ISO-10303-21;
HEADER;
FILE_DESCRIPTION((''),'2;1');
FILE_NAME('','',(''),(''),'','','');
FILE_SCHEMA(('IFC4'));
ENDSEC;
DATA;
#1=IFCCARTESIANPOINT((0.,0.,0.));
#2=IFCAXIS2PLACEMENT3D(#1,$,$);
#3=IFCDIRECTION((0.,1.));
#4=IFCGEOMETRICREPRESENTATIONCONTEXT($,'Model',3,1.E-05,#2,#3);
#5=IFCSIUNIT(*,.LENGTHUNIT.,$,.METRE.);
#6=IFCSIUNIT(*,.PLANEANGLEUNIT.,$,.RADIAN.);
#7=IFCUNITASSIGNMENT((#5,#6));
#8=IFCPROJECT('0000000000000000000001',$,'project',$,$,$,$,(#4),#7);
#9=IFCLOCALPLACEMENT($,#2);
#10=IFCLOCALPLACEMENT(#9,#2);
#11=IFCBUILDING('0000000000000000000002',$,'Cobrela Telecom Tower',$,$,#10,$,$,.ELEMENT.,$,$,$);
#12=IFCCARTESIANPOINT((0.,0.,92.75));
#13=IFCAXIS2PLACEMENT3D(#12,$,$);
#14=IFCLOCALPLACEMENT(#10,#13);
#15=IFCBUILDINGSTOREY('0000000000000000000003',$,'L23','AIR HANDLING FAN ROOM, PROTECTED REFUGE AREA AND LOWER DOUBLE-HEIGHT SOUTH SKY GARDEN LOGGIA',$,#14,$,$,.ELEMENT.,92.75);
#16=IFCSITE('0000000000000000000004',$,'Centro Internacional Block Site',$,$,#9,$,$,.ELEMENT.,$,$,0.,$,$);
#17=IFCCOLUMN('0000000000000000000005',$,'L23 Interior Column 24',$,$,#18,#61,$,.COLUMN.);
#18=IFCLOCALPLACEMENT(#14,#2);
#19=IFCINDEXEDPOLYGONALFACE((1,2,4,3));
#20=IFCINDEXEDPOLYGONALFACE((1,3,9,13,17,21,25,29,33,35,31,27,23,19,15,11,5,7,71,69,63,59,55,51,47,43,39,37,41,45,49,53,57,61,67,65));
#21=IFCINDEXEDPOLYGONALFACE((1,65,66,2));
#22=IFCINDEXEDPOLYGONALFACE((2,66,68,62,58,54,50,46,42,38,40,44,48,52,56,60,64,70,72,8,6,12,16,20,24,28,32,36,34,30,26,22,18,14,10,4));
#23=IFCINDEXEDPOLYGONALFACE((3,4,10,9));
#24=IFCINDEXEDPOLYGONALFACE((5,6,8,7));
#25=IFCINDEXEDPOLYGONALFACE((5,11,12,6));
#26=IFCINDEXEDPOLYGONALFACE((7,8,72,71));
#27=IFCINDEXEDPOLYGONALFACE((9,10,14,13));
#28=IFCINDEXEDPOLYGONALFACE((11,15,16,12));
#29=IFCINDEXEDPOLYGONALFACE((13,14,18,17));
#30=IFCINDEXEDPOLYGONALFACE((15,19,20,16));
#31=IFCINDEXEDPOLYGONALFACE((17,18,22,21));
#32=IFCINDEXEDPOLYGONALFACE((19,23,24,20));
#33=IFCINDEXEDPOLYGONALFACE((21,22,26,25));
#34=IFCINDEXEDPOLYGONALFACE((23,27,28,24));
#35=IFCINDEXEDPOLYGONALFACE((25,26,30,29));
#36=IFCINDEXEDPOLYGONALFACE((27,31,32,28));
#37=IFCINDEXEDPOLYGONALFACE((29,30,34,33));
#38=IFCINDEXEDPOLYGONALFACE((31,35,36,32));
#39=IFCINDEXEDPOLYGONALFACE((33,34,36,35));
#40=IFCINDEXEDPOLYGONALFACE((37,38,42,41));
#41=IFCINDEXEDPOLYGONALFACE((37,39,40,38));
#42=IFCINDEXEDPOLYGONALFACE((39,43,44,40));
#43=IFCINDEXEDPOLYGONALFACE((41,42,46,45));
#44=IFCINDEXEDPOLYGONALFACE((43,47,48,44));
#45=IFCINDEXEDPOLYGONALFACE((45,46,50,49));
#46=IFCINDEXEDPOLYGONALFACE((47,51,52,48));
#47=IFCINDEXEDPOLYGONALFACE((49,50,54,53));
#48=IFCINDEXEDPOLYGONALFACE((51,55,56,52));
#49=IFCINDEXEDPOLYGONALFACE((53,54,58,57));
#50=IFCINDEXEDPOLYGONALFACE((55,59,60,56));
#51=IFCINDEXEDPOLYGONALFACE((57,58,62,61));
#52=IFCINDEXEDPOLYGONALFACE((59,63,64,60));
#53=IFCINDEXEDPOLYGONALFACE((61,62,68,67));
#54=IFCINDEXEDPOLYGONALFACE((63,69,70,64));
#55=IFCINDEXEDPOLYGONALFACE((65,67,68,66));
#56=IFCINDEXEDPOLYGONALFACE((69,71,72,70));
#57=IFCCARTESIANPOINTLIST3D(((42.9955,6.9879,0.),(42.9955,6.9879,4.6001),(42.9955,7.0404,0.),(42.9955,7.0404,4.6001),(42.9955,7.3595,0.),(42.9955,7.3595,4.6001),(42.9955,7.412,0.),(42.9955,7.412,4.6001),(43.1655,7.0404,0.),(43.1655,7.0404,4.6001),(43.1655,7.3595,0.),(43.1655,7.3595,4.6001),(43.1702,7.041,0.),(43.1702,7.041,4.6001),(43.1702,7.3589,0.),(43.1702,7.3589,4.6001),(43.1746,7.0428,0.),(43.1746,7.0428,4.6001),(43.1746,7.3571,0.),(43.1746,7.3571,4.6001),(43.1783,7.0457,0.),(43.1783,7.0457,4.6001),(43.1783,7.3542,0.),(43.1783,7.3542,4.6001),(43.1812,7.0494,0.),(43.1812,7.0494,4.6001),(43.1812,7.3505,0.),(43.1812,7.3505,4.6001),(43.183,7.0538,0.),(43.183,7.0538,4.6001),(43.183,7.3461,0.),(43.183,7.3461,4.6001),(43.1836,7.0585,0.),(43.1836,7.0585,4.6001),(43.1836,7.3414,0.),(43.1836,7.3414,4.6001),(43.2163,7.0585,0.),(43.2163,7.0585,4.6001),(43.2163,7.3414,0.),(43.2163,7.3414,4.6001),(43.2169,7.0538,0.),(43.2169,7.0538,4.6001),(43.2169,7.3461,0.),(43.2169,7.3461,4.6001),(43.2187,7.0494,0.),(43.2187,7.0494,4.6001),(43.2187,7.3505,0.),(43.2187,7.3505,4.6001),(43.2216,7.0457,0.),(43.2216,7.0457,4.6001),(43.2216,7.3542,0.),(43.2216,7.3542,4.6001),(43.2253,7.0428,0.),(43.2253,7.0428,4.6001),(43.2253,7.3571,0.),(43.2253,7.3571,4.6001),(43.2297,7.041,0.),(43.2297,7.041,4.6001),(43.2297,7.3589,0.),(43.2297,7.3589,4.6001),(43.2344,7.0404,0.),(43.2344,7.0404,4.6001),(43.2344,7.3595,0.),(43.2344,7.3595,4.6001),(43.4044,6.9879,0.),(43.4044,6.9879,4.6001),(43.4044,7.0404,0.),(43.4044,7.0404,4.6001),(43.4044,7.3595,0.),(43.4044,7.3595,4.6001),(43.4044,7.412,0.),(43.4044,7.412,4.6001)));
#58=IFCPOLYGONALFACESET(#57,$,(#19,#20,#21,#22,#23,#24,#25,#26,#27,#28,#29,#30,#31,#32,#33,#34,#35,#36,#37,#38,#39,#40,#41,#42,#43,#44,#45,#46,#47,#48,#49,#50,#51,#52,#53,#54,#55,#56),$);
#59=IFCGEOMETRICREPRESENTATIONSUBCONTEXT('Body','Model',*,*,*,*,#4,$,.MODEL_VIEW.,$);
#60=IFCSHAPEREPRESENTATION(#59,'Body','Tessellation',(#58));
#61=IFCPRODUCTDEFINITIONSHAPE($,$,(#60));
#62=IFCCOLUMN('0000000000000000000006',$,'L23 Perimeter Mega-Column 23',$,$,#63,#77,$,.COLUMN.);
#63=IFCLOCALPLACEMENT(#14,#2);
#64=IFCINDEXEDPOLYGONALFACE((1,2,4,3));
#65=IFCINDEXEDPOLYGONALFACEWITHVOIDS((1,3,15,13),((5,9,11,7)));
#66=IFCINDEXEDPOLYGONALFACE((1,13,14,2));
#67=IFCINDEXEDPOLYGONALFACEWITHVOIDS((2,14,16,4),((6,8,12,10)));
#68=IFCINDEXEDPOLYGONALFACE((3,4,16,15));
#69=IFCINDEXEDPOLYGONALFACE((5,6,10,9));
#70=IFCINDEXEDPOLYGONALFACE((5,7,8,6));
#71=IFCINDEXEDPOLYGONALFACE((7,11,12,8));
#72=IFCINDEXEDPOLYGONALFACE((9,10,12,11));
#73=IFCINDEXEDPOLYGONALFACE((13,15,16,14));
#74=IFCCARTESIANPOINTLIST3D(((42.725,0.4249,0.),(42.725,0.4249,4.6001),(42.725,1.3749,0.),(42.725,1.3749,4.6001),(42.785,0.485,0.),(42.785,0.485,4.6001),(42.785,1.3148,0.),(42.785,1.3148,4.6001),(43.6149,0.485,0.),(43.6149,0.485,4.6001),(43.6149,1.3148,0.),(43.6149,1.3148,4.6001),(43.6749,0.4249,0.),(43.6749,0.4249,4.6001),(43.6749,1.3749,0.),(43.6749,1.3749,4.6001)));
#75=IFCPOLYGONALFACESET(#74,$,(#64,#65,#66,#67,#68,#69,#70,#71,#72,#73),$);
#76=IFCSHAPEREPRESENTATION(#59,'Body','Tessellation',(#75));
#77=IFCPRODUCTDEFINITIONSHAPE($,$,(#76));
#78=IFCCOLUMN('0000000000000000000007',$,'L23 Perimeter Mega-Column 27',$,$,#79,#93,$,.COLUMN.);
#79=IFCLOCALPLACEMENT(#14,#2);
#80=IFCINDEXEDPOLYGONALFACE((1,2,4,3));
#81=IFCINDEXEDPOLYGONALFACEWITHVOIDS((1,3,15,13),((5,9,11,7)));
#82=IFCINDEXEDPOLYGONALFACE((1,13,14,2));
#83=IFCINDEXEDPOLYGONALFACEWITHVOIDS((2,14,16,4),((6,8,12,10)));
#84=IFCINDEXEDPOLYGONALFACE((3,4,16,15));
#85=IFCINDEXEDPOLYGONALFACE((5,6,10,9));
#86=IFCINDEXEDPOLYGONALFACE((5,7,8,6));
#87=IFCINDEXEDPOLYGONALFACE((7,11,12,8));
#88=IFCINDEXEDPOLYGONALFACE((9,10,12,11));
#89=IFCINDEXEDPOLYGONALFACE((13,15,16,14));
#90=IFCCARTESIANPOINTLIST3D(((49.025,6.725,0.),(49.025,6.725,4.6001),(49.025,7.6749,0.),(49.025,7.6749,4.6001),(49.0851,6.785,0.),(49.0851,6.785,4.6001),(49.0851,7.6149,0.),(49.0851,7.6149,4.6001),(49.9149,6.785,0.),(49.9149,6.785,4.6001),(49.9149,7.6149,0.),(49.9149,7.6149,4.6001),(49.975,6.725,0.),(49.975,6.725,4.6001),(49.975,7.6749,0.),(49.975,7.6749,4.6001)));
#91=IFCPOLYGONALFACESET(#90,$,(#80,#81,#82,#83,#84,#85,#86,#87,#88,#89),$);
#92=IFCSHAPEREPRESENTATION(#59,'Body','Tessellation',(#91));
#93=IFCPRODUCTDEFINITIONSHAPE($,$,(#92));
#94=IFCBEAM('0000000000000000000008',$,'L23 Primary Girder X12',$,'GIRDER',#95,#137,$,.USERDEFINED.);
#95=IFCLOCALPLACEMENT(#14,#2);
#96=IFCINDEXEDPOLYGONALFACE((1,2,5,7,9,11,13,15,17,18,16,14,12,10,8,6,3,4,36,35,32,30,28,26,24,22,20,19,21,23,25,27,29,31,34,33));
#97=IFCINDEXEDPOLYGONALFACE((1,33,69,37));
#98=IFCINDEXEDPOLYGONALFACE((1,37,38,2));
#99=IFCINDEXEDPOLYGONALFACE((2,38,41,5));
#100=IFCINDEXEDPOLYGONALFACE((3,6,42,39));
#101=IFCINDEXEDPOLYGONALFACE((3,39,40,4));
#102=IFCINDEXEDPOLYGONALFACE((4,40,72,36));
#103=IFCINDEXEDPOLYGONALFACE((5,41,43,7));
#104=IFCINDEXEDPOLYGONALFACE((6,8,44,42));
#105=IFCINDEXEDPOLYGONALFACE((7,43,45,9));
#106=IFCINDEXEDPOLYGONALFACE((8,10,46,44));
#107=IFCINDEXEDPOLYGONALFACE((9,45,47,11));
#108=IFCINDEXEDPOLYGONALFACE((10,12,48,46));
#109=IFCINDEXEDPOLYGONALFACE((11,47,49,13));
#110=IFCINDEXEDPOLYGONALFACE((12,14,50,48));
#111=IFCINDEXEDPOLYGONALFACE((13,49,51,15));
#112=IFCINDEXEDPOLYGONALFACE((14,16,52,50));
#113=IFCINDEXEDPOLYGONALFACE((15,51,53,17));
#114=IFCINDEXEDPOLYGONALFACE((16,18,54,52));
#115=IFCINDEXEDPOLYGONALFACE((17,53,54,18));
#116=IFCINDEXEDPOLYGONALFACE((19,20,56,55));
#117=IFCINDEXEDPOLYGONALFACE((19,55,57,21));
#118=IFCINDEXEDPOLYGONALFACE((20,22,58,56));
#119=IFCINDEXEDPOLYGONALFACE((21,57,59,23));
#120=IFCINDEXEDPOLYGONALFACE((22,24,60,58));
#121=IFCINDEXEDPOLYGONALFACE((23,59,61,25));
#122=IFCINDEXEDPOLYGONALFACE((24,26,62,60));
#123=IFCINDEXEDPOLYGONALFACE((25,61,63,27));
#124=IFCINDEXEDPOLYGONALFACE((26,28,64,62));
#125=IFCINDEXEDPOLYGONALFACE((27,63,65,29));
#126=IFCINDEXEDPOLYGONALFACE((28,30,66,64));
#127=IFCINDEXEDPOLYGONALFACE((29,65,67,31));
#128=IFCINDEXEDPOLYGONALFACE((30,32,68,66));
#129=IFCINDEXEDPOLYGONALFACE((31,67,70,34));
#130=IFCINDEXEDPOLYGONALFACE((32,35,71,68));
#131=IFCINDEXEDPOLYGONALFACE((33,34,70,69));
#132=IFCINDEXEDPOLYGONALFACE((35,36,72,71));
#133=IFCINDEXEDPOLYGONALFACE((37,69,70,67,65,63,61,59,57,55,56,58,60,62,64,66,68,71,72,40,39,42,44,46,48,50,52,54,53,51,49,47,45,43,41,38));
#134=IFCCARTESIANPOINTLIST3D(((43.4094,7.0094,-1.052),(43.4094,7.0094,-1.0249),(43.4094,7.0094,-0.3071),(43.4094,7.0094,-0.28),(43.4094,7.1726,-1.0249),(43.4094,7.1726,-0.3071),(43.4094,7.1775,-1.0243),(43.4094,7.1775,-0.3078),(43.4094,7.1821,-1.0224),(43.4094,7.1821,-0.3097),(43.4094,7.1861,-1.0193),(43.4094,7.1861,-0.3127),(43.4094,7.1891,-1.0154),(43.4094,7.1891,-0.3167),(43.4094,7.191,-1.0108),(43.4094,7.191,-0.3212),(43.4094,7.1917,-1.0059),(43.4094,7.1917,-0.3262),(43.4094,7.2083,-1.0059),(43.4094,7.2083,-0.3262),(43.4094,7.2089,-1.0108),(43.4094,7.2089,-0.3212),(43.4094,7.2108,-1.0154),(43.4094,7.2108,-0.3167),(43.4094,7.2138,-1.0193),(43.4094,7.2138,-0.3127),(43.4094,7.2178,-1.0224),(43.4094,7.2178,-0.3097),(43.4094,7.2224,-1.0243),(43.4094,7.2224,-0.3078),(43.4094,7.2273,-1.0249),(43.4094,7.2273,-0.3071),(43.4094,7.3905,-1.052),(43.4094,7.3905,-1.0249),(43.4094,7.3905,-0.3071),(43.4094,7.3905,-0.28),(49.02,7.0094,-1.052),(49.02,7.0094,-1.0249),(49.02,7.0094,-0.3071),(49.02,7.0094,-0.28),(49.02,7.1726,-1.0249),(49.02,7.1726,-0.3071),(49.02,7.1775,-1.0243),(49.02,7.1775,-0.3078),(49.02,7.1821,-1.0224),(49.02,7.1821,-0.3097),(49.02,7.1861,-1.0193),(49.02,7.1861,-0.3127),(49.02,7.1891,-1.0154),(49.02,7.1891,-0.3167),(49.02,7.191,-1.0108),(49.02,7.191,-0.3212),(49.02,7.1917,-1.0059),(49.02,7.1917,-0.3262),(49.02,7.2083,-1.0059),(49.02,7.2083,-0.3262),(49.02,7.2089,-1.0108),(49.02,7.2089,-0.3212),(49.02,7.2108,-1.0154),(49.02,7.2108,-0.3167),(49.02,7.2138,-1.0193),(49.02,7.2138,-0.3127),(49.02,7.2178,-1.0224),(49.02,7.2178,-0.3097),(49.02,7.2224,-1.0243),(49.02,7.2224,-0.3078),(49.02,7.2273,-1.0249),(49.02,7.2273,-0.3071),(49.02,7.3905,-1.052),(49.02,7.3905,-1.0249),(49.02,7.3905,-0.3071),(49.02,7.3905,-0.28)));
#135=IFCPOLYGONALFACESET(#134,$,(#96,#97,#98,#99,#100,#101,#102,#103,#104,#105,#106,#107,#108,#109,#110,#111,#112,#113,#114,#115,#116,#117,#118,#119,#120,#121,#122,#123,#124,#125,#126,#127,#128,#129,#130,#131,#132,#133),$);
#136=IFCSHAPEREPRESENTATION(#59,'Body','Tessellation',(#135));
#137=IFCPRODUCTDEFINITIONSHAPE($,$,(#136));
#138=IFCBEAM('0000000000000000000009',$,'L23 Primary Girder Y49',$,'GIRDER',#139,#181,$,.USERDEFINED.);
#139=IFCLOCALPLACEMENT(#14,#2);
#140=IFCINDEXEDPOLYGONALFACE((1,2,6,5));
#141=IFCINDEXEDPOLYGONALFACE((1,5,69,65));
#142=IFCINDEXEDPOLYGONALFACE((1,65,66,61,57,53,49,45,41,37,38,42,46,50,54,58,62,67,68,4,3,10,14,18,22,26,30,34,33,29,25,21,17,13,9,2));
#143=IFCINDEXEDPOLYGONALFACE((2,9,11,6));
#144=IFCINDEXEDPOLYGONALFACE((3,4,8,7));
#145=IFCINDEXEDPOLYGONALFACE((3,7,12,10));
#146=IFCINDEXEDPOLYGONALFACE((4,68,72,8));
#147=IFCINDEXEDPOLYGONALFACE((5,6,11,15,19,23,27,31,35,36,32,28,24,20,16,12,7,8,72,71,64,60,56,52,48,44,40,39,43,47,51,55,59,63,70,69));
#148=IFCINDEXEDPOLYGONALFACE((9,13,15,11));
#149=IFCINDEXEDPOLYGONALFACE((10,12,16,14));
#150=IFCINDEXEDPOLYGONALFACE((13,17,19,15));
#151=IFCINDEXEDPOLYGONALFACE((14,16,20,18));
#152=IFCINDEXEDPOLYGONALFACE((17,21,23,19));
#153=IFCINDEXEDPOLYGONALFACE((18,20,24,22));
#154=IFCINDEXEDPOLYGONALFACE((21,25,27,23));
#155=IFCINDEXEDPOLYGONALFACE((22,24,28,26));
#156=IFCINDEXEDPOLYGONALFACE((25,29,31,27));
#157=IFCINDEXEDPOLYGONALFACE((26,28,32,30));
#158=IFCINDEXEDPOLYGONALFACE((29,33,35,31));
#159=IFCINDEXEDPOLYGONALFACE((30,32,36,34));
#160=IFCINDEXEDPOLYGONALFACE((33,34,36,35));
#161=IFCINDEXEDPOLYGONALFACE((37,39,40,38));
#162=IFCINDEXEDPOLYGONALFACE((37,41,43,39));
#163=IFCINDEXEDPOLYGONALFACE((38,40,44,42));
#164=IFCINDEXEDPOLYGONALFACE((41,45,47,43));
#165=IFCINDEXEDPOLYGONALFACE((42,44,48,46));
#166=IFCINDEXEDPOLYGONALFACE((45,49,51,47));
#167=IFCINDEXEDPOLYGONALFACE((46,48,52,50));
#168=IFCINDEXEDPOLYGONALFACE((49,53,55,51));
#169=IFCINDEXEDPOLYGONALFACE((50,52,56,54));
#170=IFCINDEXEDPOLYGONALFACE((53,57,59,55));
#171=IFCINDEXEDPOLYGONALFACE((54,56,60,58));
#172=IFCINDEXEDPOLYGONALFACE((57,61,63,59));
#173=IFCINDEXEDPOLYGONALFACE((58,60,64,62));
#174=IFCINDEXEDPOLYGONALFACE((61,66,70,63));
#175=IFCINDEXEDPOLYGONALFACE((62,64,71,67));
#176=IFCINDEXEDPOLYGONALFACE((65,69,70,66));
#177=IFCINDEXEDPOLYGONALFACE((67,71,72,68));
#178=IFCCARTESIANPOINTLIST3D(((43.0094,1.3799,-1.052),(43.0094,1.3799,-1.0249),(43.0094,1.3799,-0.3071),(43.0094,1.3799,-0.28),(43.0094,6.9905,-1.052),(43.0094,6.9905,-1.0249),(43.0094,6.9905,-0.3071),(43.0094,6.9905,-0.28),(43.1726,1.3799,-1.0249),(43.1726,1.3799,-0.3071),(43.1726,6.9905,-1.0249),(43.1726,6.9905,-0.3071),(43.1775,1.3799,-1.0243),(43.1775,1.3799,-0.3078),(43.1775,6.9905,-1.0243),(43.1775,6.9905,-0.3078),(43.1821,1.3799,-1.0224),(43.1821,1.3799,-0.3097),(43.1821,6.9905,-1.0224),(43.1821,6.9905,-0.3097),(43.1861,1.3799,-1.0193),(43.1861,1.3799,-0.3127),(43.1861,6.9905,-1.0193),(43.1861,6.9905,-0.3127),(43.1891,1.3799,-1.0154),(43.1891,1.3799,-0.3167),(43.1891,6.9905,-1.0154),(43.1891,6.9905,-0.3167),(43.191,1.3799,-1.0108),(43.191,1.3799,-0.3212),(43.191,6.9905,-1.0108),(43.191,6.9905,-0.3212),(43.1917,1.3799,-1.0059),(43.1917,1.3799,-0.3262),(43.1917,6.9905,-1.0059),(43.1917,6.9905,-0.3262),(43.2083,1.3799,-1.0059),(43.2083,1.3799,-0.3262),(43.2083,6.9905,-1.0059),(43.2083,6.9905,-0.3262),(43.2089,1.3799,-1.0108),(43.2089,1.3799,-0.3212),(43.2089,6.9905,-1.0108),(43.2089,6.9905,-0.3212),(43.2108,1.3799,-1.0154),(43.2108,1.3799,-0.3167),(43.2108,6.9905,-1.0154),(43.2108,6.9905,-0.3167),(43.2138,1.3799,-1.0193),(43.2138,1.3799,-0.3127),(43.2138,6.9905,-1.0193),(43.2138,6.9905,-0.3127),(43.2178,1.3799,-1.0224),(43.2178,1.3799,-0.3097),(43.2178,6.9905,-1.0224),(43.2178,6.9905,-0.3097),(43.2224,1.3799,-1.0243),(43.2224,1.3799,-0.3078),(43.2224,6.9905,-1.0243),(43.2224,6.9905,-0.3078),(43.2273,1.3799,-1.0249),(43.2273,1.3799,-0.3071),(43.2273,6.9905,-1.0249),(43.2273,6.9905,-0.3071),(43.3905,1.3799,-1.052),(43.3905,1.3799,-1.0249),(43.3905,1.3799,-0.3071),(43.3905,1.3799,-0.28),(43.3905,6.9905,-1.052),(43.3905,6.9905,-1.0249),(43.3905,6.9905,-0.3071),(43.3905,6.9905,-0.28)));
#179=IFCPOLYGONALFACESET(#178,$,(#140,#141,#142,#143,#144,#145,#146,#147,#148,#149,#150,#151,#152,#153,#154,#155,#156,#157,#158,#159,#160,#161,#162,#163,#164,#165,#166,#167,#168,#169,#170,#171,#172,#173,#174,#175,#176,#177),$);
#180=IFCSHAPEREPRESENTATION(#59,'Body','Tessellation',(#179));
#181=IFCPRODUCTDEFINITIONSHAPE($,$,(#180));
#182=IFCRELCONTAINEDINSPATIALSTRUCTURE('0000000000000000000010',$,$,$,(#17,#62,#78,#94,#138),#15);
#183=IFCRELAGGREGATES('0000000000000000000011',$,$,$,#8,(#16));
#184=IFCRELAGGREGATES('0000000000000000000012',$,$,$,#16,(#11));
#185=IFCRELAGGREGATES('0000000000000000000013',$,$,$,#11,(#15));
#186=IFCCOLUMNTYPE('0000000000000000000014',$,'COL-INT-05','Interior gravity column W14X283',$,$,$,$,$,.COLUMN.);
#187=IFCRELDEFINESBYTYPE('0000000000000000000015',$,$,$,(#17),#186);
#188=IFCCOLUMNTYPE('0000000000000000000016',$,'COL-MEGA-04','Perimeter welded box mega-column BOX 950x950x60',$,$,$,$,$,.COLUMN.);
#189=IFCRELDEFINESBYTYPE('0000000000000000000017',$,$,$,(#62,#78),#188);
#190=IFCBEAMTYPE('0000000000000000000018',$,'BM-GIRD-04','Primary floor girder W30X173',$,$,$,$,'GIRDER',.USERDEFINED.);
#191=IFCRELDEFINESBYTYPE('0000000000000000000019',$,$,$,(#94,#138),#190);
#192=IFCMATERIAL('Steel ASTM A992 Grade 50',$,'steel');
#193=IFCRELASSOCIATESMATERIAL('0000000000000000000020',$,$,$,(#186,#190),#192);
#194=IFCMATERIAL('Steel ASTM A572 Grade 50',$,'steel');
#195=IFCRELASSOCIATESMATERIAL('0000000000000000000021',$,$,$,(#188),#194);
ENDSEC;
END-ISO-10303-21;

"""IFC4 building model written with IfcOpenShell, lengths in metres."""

from ifc_helpers import new_model, si_unit, direction, frame, origin, origin_2d, place, context, subcontext, project, spatial, hollow_rectangle, i_section, extrude, material, material_profile, profile_set, type_object, element, save


model = new_model("IFC4")

# Units and contexts
model_context = context("Model", 3, precision=1e-05, world=origin(), true_north=direction((0.0, 1.0)))
body_context = subcontext(model_context, "Body", "Model", "MODEL_VIEW")
ifc_project = project(units=[si_unit("LENGTHUNIT", "METRE"), si_unit("PLANEANGLEUNIT", "RADIAN")], contexts=[model_context])

# Site, building, storey
site_placement = place(None, origin())
site = spatial("IfcSite", under=ifc_project, at=site_placement, Name="Centro Internacional Block Site", CompositionType="ELEMENT", RefElevation=0.0)
building_placement = place(site_placement, origin())
building = spatial("IfcBuilding", under=site, at=building_placement, Name="Cobrela Telecom Tower", CompositionType="ELEMENT")
storey_placement = place(building_placement, frame((0.0, 0.0, 92.75)))
storey = spatial("IfcBuildingStorey", under=building, at=storey_placement, Name="L23", Description="AIR HANDLING FAN ROOM, PROTECTED REFUGE AREA AND LOWER DOUBLE-HEIGHT SOUTH SKY GARDEN LOGGIA", CompositionType="ELEMENT", Elevation=92.75)

# Columns
ifc_material_1 = material(Name="Steel ASTM A992 Grade 50", Category="steel")
ifc_material_profile_1 = material_profile(ifc_material_1, i_section(OverallWidth=0.4089, OverallDepth=0.4241, WebThickness=0.0327, FlangeThickness=0.0525, FilletRadius=0.0181, at=origin_2d()), Name="W14X283")
ifc_profile_set_1 = profile_set([ifc_material_profile_1], Name="Steel ASTM A992 Grade 50")
column_type_1 = type_object("IfcColumnType", Name="COL-INT-05", Description="Interior gravity column W14X283", PredefinedType="COLUMN", material=ifc_profile_set_1)
column_placement = place(storey_placement, frame((43.2, 7.2, 0.0), z_axis=(0.0, 0.0, 1.0), x_axis=(1.0, 0.0, 0.0)))
element("IfcColumn", 1, at=column_placement, inside=storey, type_object=column_type_1, Name="L23 Interior Column 24", PredefinedType="COLUMN", context=body_context, shape_type="SweptSolid", body=[
    extrude(i_section(OverallWidth=0.4089, OverallDepth=0.4241, WebThickness=0.0327, FlangeThickness=0.0525, FilletRadius=0.0181, at=origin_2d()), origin(), (0.0, 0.0, 1.0), 4.6001),
])
ifc_material_2 = material(Name="Steel ASTM A572 Grade 50", Category="steel")
ifc_material_profile_2 = material_profile(ifc_material_2, hollow_rectangle(XDim=0.95, YDim=0.95, WallThickness=0.0601, at=origin_2d()), Name="BOX 950x950x60")
ifc_profile_set_2 = profile_set([ifc_material_profile_2], Name="Steel ASTM A572 Grade 50")
column_type_2 = type_object("IfcColumnType", Name="COL-MEGA-04", Description="Perimeter welded box mega-column BOX 950x950x60", PredefinedType="COLUMN", material=ifc_profile_set_2)
for number, where, z_axis, x_axis, name in (
    (2, (43.2, 0.8999, 0.0), (0.0, 0.0, 1.0), (1.0, 0.0, 0.0), "L23 Perimeter Mega-Column 23"),
    (3, (49.5, 7.2, 0.0), (0.0, 0.0, 1.0), (1.0, 0.0, 0.0), "L23 Perimeter Mega-Column 27"),
):
    element("IfcColumn", number, at=place(storey_placement, frame(where, z_axis=z_axis, x_axis=x_axis)), inside=storey, type_object=column_type_2, Name=name, PredefinedType="COLUMN", context=body_context, shape_type="SweptSolid", body=[
        extrude(hollow_rectangle(XDim=0.95, YDim=0.95, WallThickness=0.0601, at=origin_2d()), origin(), (0.0, 0.0, 1.0), 4.6001),
    ])

# Beams
ifc_material_profile_3 = material_profile(ifc_material_1, i_section(OverallWidth=0.3811, OverallDepth=0.772, WebThickness=0.0166, FlangeThickness=0.0271, FilletRadius=0.019, at=origin_2d()), Name="W30X173")
ifc_profile_set_3 = profile_set([ifc_material_profile_3], Name="Steel ASTM A992 Grade 50")
beam_type_1 = type_object("IfcBeamType", Name="BM-GIRD-04", Description="Primary floor girder W30X173", ElementType="GIRDER", PredefinedType="USERDEFINED", material=ifc_profile_set_3)
for number, where, z_axis, x_axis, name in (
    (4, (43.4094, 7.2, -0.666), (1.0, 0.0, 0.0), (0.0, 1.0, 0.0), "L23 Primary Girder X12"),
    (5, (43.2, 1.3799, -0.666), (0.0, 1.0, 0.0), (-1.0, 0.0, 0.0), "L23 Primary Girder Y49"),
):
    element("IfcBeam", number, at=place(storey_placement, frame(where, z_axis=z_axis, x_axis=x_axis)), inside=storey, type_object=beam_type_1, Name=name, ObjectType="GIRDER", PredefinedType="USERDEFINED", context=body_context, shape_type="SweptSolid", body=[
        extrude(i_section(OverallWidth=0.3811, OverallDepth=0.772, WebThickness=0.0166, FlangeThickness=0.0271, FilletRadius=0.019, at=origin_2d()), origin(), (0.0, 0.0, 1.0), 5.6106),
    ])

save(model, "model.ifc")
